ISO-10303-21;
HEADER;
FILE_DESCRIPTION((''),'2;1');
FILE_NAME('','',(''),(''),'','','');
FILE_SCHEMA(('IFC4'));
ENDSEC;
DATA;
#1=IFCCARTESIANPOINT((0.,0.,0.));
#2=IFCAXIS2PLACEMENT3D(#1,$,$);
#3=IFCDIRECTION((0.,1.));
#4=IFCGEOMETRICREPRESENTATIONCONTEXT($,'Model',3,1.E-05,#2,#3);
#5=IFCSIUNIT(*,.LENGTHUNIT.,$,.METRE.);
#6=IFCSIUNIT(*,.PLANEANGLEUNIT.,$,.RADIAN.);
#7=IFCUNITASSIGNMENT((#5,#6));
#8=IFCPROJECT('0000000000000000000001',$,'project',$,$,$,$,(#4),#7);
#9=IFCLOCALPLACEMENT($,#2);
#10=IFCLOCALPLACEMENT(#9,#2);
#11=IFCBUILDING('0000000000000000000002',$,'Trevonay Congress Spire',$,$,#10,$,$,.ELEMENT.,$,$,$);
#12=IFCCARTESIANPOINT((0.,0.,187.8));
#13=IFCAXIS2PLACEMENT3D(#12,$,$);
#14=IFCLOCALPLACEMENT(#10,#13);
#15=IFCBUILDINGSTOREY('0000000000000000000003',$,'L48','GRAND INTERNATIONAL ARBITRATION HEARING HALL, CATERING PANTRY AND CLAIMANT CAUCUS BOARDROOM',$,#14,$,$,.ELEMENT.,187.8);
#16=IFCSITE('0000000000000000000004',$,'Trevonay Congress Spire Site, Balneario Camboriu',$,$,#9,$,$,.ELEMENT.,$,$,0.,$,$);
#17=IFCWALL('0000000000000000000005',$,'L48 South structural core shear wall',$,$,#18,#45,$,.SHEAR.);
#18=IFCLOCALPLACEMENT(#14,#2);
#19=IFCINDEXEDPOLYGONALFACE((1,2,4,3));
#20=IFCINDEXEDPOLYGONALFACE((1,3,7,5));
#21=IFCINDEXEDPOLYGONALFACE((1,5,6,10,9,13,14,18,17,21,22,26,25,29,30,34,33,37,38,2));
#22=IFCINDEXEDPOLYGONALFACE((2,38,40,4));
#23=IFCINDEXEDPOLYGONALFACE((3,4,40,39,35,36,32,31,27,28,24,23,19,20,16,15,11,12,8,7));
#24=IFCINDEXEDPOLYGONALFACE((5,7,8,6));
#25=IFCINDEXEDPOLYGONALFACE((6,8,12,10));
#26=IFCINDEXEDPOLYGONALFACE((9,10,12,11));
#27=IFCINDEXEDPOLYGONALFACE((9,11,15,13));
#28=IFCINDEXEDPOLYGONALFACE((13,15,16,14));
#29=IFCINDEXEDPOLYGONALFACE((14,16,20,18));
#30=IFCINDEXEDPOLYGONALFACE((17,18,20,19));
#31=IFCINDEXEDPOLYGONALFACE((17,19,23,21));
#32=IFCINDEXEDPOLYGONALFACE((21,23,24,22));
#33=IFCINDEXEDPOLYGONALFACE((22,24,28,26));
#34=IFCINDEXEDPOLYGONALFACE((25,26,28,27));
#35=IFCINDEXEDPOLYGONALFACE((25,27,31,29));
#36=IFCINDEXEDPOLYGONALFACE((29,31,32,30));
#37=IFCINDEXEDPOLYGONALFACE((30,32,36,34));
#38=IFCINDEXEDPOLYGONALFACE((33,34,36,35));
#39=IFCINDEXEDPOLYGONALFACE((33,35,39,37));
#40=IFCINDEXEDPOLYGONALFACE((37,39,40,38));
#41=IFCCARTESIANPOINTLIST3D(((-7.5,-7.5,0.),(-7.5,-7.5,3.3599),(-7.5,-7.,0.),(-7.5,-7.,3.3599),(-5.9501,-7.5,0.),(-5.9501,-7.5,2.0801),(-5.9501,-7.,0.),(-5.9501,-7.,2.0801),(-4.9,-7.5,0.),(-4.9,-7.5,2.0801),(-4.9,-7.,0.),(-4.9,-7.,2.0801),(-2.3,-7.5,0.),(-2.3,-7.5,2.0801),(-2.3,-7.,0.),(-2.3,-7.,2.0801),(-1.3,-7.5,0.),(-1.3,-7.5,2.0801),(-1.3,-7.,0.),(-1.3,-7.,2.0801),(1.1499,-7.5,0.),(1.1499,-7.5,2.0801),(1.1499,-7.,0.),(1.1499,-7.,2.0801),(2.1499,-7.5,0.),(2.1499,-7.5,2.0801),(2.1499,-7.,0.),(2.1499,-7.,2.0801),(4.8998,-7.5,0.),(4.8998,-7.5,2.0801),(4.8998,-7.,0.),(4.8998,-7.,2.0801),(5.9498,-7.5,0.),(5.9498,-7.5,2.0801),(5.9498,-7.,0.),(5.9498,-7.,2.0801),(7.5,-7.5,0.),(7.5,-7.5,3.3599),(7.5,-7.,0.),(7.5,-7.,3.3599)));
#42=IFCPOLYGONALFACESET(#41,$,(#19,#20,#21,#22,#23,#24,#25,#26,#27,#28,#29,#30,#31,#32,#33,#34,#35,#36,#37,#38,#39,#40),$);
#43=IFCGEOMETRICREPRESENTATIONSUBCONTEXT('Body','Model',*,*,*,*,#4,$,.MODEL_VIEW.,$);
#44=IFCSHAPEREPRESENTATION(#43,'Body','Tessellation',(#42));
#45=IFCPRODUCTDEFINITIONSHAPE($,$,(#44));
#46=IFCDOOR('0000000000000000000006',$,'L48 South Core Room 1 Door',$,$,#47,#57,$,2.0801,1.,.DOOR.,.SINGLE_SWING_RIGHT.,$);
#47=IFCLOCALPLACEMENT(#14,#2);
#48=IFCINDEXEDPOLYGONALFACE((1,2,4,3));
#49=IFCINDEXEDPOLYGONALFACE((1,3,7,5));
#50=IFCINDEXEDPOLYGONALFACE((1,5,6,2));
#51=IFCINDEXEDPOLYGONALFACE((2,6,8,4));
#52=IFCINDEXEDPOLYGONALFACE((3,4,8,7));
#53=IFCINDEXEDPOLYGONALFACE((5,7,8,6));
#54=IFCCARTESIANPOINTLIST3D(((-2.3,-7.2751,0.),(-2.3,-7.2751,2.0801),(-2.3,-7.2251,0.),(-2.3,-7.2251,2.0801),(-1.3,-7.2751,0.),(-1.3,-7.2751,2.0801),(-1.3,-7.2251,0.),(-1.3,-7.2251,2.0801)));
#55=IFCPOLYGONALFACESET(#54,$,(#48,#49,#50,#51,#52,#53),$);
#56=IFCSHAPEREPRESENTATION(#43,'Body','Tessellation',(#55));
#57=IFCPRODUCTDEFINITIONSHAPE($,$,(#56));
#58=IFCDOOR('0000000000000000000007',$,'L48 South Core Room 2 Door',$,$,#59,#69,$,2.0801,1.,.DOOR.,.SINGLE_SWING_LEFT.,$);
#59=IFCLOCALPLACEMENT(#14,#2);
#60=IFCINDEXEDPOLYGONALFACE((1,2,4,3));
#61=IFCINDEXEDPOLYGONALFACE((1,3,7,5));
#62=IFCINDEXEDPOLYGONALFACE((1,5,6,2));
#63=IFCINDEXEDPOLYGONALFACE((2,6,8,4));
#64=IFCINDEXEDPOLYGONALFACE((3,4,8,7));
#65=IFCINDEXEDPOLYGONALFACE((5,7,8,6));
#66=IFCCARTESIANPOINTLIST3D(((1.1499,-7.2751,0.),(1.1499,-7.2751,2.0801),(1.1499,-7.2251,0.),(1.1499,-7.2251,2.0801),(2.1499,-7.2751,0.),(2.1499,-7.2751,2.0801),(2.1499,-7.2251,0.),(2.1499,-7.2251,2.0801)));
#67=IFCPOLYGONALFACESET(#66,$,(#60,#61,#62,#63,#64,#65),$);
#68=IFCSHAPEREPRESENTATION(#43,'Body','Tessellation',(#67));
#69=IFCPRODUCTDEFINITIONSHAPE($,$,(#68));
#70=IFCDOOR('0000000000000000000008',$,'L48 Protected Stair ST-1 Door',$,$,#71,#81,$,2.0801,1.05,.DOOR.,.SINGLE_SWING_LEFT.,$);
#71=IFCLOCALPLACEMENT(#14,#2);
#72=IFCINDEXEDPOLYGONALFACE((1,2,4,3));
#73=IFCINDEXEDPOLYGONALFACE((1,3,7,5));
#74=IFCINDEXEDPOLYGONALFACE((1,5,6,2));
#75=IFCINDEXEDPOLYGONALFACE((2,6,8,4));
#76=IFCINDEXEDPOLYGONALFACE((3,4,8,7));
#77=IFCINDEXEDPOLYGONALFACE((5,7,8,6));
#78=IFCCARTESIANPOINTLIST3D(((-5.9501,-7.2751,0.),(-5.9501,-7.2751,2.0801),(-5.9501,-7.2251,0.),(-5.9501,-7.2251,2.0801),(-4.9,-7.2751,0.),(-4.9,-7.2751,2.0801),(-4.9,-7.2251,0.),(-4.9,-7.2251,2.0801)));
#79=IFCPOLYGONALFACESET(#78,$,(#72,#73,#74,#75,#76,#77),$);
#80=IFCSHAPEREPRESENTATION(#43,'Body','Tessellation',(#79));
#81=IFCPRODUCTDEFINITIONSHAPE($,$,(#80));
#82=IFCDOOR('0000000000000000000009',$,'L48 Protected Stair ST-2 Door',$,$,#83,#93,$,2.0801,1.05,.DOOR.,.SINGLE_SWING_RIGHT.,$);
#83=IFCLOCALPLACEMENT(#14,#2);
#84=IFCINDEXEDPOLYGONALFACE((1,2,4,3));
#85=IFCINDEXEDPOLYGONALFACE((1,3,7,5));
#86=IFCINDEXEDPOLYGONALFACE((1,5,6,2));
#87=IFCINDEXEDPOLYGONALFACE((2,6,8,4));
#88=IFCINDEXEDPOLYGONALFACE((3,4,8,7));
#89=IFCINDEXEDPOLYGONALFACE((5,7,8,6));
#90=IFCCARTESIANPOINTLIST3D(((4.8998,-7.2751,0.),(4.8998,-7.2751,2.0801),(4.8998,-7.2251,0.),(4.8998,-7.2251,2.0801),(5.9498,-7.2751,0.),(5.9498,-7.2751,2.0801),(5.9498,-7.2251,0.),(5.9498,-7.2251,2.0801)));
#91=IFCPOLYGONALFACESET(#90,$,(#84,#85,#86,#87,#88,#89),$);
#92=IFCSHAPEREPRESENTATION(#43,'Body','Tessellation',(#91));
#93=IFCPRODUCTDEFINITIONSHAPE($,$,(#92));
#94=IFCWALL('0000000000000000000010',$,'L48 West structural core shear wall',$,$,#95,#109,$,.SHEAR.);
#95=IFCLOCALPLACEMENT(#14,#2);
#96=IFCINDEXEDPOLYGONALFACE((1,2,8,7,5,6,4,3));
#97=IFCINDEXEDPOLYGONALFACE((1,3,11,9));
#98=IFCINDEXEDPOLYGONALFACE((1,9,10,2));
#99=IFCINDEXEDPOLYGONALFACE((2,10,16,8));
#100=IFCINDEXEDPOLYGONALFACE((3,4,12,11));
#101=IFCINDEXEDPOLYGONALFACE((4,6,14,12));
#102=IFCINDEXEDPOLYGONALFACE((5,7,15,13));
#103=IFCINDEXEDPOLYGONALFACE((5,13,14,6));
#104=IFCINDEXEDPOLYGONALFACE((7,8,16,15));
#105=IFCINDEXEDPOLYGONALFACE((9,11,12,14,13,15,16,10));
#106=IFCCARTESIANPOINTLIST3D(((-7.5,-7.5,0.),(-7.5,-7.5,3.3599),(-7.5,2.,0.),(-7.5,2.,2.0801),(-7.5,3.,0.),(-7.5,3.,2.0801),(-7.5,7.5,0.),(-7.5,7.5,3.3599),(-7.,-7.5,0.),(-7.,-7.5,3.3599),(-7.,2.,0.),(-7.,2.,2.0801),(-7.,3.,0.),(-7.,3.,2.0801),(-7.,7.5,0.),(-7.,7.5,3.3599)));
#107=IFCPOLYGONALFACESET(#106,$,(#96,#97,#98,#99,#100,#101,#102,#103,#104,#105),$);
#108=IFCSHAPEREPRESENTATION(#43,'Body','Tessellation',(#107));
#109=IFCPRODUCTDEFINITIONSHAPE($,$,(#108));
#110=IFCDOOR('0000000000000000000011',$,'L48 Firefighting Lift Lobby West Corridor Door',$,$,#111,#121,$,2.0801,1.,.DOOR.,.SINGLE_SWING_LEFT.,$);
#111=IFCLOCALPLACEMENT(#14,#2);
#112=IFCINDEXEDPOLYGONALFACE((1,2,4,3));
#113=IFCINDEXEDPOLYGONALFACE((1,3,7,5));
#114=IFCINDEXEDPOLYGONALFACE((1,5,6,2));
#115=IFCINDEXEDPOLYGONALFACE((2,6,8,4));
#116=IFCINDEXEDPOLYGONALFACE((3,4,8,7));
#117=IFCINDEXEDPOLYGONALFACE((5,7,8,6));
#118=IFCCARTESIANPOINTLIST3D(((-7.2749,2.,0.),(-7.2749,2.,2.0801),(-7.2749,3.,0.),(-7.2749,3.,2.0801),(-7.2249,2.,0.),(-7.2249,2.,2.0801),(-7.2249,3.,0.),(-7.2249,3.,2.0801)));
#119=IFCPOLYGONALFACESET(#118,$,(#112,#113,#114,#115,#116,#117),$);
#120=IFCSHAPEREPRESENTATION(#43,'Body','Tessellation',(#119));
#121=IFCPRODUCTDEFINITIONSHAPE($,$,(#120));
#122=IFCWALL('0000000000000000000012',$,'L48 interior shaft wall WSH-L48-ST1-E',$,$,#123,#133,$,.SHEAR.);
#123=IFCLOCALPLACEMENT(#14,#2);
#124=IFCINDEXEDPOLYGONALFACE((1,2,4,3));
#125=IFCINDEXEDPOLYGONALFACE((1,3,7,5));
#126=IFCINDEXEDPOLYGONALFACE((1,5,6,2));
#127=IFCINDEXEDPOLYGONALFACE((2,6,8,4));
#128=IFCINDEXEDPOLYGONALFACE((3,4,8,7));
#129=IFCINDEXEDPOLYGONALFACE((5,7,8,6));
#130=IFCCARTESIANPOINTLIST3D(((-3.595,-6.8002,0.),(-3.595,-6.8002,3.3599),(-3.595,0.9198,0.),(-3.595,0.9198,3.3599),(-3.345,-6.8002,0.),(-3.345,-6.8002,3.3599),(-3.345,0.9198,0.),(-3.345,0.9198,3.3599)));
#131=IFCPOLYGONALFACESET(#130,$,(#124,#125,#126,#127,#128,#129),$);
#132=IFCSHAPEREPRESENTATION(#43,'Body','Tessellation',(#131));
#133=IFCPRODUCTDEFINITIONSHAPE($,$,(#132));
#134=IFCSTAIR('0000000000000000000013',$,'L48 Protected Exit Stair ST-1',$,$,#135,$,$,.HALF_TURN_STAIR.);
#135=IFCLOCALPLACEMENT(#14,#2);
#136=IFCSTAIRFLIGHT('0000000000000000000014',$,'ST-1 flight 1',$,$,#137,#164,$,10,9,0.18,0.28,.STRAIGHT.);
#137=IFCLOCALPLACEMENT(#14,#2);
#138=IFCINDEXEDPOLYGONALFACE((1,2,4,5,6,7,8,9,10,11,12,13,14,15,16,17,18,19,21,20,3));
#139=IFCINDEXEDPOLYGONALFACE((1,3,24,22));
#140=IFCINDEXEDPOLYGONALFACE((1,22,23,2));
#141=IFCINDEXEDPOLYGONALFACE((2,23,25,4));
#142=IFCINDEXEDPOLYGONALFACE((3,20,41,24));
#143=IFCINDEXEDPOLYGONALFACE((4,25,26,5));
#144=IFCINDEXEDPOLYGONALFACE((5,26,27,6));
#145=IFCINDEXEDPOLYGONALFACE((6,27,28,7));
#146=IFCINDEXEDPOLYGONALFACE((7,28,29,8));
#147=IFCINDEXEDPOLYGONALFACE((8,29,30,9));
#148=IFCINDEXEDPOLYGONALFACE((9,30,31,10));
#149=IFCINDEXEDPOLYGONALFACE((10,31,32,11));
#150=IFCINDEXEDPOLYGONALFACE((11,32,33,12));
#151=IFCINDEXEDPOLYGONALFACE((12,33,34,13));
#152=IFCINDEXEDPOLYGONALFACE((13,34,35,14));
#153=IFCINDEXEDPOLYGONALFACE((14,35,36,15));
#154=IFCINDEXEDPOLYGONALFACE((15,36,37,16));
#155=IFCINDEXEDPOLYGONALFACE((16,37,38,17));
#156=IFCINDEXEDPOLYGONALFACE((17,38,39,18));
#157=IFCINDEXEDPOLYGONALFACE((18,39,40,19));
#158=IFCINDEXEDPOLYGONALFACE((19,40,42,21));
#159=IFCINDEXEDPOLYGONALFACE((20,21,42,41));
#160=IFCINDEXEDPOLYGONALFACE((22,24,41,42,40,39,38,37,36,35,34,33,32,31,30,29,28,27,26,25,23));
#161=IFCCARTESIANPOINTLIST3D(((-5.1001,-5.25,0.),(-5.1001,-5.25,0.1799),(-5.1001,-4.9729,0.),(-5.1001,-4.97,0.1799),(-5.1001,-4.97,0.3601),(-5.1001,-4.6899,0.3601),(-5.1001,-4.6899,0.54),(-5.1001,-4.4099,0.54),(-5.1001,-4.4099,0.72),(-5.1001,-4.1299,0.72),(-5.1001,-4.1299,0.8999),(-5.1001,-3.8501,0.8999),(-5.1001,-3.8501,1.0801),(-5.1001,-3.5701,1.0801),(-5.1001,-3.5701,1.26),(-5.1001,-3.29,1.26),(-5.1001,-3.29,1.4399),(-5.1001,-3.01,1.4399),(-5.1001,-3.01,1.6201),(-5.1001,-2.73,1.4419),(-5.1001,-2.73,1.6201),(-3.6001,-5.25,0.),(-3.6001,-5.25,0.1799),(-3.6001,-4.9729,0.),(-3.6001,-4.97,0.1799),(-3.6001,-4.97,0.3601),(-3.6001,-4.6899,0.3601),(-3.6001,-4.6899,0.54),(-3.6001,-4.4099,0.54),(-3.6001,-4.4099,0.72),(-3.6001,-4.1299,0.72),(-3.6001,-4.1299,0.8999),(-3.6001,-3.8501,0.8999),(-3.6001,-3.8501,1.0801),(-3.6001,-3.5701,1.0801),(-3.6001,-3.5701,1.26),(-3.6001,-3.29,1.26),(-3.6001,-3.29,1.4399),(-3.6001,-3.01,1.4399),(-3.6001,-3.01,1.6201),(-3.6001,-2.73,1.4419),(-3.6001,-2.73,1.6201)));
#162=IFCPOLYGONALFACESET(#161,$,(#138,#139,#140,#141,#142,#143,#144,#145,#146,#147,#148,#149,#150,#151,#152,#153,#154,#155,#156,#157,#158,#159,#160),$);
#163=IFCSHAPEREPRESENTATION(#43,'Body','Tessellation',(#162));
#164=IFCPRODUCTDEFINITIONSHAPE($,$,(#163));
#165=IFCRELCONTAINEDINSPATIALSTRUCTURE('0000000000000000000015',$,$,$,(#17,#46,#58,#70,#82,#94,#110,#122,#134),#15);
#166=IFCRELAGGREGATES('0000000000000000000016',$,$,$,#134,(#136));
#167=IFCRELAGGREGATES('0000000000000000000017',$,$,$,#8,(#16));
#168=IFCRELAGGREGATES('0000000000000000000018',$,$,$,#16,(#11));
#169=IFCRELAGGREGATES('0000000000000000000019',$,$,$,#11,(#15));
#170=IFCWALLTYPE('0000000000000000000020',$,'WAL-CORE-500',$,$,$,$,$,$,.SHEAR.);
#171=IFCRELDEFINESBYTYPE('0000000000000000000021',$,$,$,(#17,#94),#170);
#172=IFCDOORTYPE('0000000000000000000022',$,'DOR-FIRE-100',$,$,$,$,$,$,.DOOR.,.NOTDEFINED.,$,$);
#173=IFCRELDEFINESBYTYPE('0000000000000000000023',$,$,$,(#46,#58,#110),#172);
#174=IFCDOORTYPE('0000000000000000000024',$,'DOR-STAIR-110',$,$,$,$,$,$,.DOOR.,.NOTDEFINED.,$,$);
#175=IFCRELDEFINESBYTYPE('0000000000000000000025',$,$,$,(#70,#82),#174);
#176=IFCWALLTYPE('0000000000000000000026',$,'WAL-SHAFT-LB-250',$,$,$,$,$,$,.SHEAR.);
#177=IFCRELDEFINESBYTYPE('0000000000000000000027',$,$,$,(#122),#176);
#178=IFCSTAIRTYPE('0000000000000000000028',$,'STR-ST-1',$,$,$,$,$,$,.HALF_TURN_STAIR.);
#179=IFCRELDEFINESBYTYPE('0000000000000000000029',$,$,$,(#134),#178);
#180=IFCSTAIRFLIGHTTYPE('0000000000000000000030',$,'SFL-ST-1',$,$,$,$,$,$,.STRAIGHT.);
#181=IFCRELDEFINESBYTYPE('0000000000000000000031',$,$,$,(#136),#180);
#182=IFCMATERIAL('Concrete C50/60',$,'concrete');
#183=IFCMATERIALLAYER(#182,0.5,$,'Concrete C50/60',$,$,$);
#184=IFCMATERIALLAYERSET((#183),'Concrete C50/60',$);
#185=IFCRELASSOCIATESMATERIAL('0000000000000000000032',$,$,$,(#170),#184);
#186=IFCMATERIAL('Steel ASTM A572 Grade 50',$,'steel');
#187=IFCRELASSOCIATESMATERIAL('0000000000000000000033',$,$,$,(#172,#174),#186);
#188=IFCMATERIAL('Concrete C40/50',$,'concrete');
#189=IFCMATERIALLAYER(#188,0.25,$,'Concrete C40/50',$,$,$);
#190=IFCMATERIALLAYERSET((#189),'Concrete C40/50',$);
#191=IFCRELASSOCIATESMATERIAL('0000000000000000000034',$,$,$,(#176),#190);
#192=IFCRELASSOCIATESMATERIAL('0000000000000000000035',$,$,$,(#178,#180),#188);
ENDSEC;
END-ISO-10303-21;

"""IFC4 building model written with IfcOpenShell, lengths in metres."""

from ifc_helpers import new_model, si_unit, direction, frame, frame_2d, origin, place, context, subcontext, project, spatial, polyline, rectangle, outline, extrude, material, layer, layer_set, type_object, element, fill, aggregate, save


model = new_model("IFC4")

# Units and contexts
model_context = context("Model", 3, precision=1e-05, world=origin(), true_north=direction((0.0, 1.0)))
body_context = subcontext(model_context, "Body", "Model", "MODEL_VIEW")
ifc_project = project(units=[si_unit("LENGTHUNIT", "METRE"), si_unit("PLANEANGLEUNIT", "RADIAN")], contexts=[model_context])

# Site, building, storey
site_placement = place(None, origin())
site = spatial("IfcSite", under=ifc_project, at=site_placement, Name="Trevonay Congress Spire Site, Balneario Camboriu", CompositionType="ELEMENT", RefElevation=0.0)
building_placement = place(site_placement, origin())
building = spatial("IfcBuilding", under=site, at=building_placement, Name="Trevonay Congress Spire", CompositionType="ELEMENT")
storey_placement = place(building_placement, frame((0.0, 0.0, 187.8)))
storey = spatial("IfcBuildingStorey", under=building, at=storey_placement, Name="L48", Description="GRAND INTERNATIONAL ARBITRATION HEARING HALL, CATERING PANTRY AND CLAIMANT CAUCUS BOARDROOM", CompositionType="ELEMENT", Elevation=187.8)

# Shared definitions
ifc_material_1 = material(Name="Steel ASTM A572 Grade 50", Category="steel")

# Wall, openings, doors
ifc_material_2 = material(Name="Concrete C50/60", Category="concrete")
ifc_layer_1 = layer(ifc_material_2, 0.5, Name="Concrete C50/60")
ifc_layer_set_1 = layer_set([ifc_layer_1], Name="Concrete C50/60")
wall_type_1 = type_object("IfcWallType", Name="WAL-CORE-500", PredefinedType="SHEAR", material=ifc_layer_set_1)
wall_1_placement = place(storey_placement, frame((-7.5, -7.25, 0.0), z_axis=(0.0, 0.0, 1.0), x_axis=(1.0, 0.0, 0.0)))
wall_1 = element("IfcWall", 1, at=wall_1_placement, inside=storey, type_object=wall_type_1, Name="L48 South structural core shear wall", PredefinedType="SHEAR", context=body_context, shape_type="SweptSolid", body=[
    extrude(rectangle(XDim=15.0, YDim=0.5, at=frame_2d((7.5, 0.0))), origin(), (0.0, 0.0, 1.0), 3.3599),
])
opening_1_placement = place(wall_1_placement, frame((1.55, 0.0, 0.0)))
opening_1 = element("IfcOpeningElement", 2, at=opening_1_placement, cuts=wall_1, PredefinedType="OPENING", context=body_context, shape_type="SweptSolid", body=[
    extrude(rectangle(XDim=1.05, YDim=2.0801, at=frame_2d((0.5249, 1.04))), frame((0.0, 0.26, 0.0), z_axis=(0.0, -1.0, 0.0), x_axis=(1.0, 0.0, 0.0)), (0.0, 0.0, 1.0), 0.52),
])
opening_2_placement = place(wall_1_placement, frame((12.3999, 0.0, 0.0)))
opening_2 = element("IfcOpeningElement", 3, at=opening_2_placement, cuts=wall_1, PredefinedType="OPENING", context=body_context, shape_type="SweptSolid", body=[
    extrude(rectangle(XDim=1.05, YDim=2.0801, at=frame_2d((0.5249, 1.04))), frame((0.0, 0.26, 0.0), z_axis=(0.0, -1.0, 0.0), x_axis=(1.0, 0.0, 0.0)), (0.0, 0.0, 1.0), 0.52),
])
opening_3_placement = place(wall_1_placement, frame((5.2, 0.0, 0.0)))
opening_3 = element("IfcOpeningElement", 4, at=opening_3_placement, cuts=wall_1, PredefinedType="OPENING", context=body_context, shape_type="SweptSolid", body=[
    extrude(rectangle(XDim=1.0, YDim=2.0801, at=frame_2d((0.5, 1.04))), frame((0.0, 0.26, 0.0), z_axis=(0.0, -1.0, 0.0), x_axis=(1.0, 0.0, 0.0)), (0.0, 0.0, 1.0), 0.52),
])
opening_4_placement = place(wall_1_placement, frame((8.6499, 0.0, 0.0)))
opening_4 = element("IfcOpeningElement", 5, at=opening_4_placement, cuts=wall_1, PredefinedType="OPENING", context=body_context, shape_type="SweptSolid", body=[
    extrude(rectangle(XDim=1.0, YDim=2.0801, at=frame_2d((0.5, 1.04))), frame((0.0, 0.26, 0.0), z_axis=(0.0, -1.0, 0.0), x_axis=(1.0, 0.0, 0.0)), (0.0, 0.0, 1.0), 0.52),
])
door_type_1 = type_object("IfcDoorType", Name="DOR-FIRE-100", OperationType="NOTDEFINED", PredefinedType="DOOR", material=ifc_material_1)
door_1_placement = place(opening_3_placement, origin())
door_1 = element("IfcDoor", 6, at=door_1_placement, inside=storey, type_object=door_type_1, Name="L48 South Core Room 1 Door", OperationType="SINGLE_SWING_RIGHT", OverallHeight=2.0801, OverallWidth=1.0, PredefinedType="DOOR", context=body_context, shape_type="SweptSolid", body=[
    extrude(rectangle(XDim=1.0, YDim=2.0801, at=frame_2d((0.5, 1.04))), frame((0.0, 0.0249, 0.0), z_axis=(0.0, -1.0, 0.0), x_axis=(1.0, 0.0, 0.0)), (0.0, 0.0, 1.0), 0.05),
])
fill(opening_3, door_1)
door_2_placement = place(opening_4_placement, origin())
door_2 = element("IfcDoor", 7, at=door_2_placement, inside=storey, type_object=door_type_1, Name="L48 South Core Room 2 Door", OperationType="SINGLE_SWING_LEFT", OverallHeight=2.0801, OverallWidth=1.0, PredefinedType="DOOR", context=body_context, shape_type="SweptSolid", body=[
    extrude(rectangle(XDim=1.0, YDim=2.0801, at=frame_2d((0.5, 1.04))), frame((0.0, 0.0249, 0.0), z_axis=(0.0, -1.0, 0.0), x_axis=(1.0, 0.0, 0.0)), (0.0, 0.0, 1.0), 0.05),
])
fill(opening_4, door_2)
door_type_2 = type_object("IfcDoorType", Name="DOR-STAIR-110", OperationType="NOTDEFINED", PredefinedType="DOOR", material=ifc_material_1)
door_3_placement = place(opening_1_placement, origin())
door_3 = element("IfcDoor", 8, at=door_3_placement, inside=storey, type_object=door_type_2, Name="L48 Protected Stair ST-1 Door", OperationType="SINGLE_SWING_LEFT", OverallHeight=2.0801, OverallWidth=1.05, PredefinedType="DOOR", context=body_context, shape_type="SweptSolid", body=[
    extrude(rectangle(XDim=1.05, YDim=2.0801, at=frame_2d((0.5249, 1.04))), frame((0.0, 0.0249, 0.0), z_axis=(0.0, -1.0, 0.0), x_axis=(1.0, 0.0, 0.0)), (0.0, 0.0, 1.0), 0.05),
])
fill(opening_1, door_3)
door_4_placement = place(opening_2_placement, origin())
door_4 = element("IfcDoor", 9, at=door_4_placement, inside=storey, type_object=door_type_2, Name="L48 Protected Stair ST-2 Door", OperationType="SINGLE_SWING_RIGHT", OverallHeight=2.0801, OverallWidth=1.05, PredefinedType="DOOR", context=body_context, shape_type="SweptSolid", body=[
    extrude(rectangle(XDim=1.05, YDim=2.0801, at=frame_2d((0.5249, 1.04))), frame((0.0, 0.0249, 0.0), z_axis=(0.0, -1.0, 0.0), x_axis=(1.0, 0.0, 0.0)), (0.0, 0.0, 1.0), 0.05),
])
fill(opening_2, door_4)

# Wall, opening, door
wall_2_placement = place(storey_placement, frame((-7.25, -7.5, 0.0), z_axis=(0.0, 0.0, 1.0), x_axis=(0.0, 1.0, 0.0)))
wall_2 = element("IfcWall", 10, at=wall_2_placement, inside=storey, type_object=wall_type_1, Name="L48 West structural core shear wall", PredefinedType="SHEAR", context=body_context, shape_type="SweptSolid", body=[
    extrude(rectangle(XDim=15.0, YDim=0.5, at=frame_2d((7.5, 0.0))), origin(), (0.0, 0.0, 1.0), 3.3599),
])
opening_5_placement = place(wall_2_placement, frame((9.5, 0.0, 0.0)))
opening_5 = element("IfcOpeningElement", 11, at=opening_5_placement, cuts=wall_2, PredefinedType="OPENING", context=body_context, shape_type="SweptSolid", body=[
    extrude(rectangle(XDim=1.0, YDim=2.0801, at=frame_2d((0.5, 1.04))), frame((0.0, 0.26, 0.0), z_axis=(0.0, -1.0, 0.0), x_axis=(1.0, 0.0, 0.0)), (0.0, 0.0, 1.0), 0.52),
])
door_5_placement = place(opening_5_placement, origin())
door_5 = element("IfcDoor", 12, at=door_5_placement, inside=storey, type_object=door_type_1, Name="L48 Firefighting Lift Lobby West Corridor Door", OperationType="SINGLE_SWING_LEFT", OverallHeight=2.0801, OverallWidth=1.0, PredefinedType="DOOR", context=body_context, shape_type="SweptSolid", body=[
    extrude(rectangle(XDim=1.0, YDim=2.0801, at=frame_2d((0.5, 1.04))), frame((0.0, 0.0249, 0.0), z_axis=(0.0, -1.0, 0.0), x_axis=(1.0, 0.0, 0.0)), (0.0, 0.0, 1.0), 0.05),
])
fill(opening_5, door_5)

# Wall
ifc_material_3 = material(Name="Concrete C40/50", Category="concrete")
ifc_layer_2 = layer(ifc_material_3, 0.25, Name="Concrete C40/50")
ifc_layer_set_2 = layer_set([ifc_layer_2], Name="Concrete C40/50")
wall_type_2 = type_object("IfcWallType", Name="WAL-SHAFT-LB-250", PredefinedType="SHEAR", material=ifc_layer_set_2)
wall_3_placement = place(storey_placement, frame((-3.47, -6.8, 0.0), z_axis=(0.0, 0.0, 1.0), x_axis=(0.0, 1.0, 0.0)))
element("IfcWall", 13, at=wall_3_placement, inside=storey, type_object=wall_type_2, Name="L48 interior shaft wall WSH-L48-ST1-E", PredefinedType="SHEAR", context=body_context, shape_type="SweptSolid", body=[
    extrude(rectangle(XDim=7.72, YDim=0.25, at=frame_2d((3.8599, 0.0))), origin(), (0.0, 0.0, 1.0), 3.3599),
])

# Stair, stair flight
stair_type = type_object("IfcStairType", Name="STR-ST-1", PredefinedType="HALF_TURN_STAIR", material=ifc_material_3)
stair_placement = place(storey_placement, origin())
stair = element("IfcStair", 14, at=stair_placement, inside=storey, type_object=stair_type, Name="L48 Protected Exit Stair ST-1", PredefinedType="HALF_TURN_STAIR")
stair_flight_type = type_object("IfcStairFlightType", Name="SFL-ST-1", PredefinedType="STRAIGHT", material=ifc_material_3)
stair_flight_1_placement = place(storey_placement, frame((-4.3501, -5.25, 0.0), z_axis=(0.0, 0.0, 1.0), x_axis=(0.0, 1.0, 0.0)))
stair_flight_1 = element("IfcStairFlight", 15, at=stair_flight_1_placement, type_object=stair_flight_type, Name="ST-1 flight 1", NumberOfRisers=10, NumberOfTreads=9, PredefinedType="STRAIGHT", RiserHeight=0.18, TreadLength=0.28, context=body_context, shape_type="SweptSolid", body=[
    extrude(outline(polyline([(0.0, 0.0), (0.0, 0.1799), (0.28, 0.1799), (0.28, 0.3601), (0.5601, 0.3601), (0.5601, 0.54), (0.8401, 0.54), (0.8401, 0.72), (1.1201, 0.72), (1.1201, 0.8999), (1.3999, 0.8999), (1.3999, 1.0801), (1.6799, 1.0801), (1.6799, 1.26), (1.96, 1.26), (1.96, 1.4399), (2.24, 1.4399), (2.24, 1.6201), (2.52, 1.6201), (2.52, 1.8), (2.52, 1.4419), (0.2771, 0.0), (0.0, 0.0)])), frame((0.0, 0.75, 0.0), z_axis=(0.0, -1.0, 0.0), x_axis=(1.0, 0.0, 0.0)), (0.0, 0.0, 1.0), 1.5),
])
aggregate(stair, [stair_flight_1])

save(model, "model.ifc")
